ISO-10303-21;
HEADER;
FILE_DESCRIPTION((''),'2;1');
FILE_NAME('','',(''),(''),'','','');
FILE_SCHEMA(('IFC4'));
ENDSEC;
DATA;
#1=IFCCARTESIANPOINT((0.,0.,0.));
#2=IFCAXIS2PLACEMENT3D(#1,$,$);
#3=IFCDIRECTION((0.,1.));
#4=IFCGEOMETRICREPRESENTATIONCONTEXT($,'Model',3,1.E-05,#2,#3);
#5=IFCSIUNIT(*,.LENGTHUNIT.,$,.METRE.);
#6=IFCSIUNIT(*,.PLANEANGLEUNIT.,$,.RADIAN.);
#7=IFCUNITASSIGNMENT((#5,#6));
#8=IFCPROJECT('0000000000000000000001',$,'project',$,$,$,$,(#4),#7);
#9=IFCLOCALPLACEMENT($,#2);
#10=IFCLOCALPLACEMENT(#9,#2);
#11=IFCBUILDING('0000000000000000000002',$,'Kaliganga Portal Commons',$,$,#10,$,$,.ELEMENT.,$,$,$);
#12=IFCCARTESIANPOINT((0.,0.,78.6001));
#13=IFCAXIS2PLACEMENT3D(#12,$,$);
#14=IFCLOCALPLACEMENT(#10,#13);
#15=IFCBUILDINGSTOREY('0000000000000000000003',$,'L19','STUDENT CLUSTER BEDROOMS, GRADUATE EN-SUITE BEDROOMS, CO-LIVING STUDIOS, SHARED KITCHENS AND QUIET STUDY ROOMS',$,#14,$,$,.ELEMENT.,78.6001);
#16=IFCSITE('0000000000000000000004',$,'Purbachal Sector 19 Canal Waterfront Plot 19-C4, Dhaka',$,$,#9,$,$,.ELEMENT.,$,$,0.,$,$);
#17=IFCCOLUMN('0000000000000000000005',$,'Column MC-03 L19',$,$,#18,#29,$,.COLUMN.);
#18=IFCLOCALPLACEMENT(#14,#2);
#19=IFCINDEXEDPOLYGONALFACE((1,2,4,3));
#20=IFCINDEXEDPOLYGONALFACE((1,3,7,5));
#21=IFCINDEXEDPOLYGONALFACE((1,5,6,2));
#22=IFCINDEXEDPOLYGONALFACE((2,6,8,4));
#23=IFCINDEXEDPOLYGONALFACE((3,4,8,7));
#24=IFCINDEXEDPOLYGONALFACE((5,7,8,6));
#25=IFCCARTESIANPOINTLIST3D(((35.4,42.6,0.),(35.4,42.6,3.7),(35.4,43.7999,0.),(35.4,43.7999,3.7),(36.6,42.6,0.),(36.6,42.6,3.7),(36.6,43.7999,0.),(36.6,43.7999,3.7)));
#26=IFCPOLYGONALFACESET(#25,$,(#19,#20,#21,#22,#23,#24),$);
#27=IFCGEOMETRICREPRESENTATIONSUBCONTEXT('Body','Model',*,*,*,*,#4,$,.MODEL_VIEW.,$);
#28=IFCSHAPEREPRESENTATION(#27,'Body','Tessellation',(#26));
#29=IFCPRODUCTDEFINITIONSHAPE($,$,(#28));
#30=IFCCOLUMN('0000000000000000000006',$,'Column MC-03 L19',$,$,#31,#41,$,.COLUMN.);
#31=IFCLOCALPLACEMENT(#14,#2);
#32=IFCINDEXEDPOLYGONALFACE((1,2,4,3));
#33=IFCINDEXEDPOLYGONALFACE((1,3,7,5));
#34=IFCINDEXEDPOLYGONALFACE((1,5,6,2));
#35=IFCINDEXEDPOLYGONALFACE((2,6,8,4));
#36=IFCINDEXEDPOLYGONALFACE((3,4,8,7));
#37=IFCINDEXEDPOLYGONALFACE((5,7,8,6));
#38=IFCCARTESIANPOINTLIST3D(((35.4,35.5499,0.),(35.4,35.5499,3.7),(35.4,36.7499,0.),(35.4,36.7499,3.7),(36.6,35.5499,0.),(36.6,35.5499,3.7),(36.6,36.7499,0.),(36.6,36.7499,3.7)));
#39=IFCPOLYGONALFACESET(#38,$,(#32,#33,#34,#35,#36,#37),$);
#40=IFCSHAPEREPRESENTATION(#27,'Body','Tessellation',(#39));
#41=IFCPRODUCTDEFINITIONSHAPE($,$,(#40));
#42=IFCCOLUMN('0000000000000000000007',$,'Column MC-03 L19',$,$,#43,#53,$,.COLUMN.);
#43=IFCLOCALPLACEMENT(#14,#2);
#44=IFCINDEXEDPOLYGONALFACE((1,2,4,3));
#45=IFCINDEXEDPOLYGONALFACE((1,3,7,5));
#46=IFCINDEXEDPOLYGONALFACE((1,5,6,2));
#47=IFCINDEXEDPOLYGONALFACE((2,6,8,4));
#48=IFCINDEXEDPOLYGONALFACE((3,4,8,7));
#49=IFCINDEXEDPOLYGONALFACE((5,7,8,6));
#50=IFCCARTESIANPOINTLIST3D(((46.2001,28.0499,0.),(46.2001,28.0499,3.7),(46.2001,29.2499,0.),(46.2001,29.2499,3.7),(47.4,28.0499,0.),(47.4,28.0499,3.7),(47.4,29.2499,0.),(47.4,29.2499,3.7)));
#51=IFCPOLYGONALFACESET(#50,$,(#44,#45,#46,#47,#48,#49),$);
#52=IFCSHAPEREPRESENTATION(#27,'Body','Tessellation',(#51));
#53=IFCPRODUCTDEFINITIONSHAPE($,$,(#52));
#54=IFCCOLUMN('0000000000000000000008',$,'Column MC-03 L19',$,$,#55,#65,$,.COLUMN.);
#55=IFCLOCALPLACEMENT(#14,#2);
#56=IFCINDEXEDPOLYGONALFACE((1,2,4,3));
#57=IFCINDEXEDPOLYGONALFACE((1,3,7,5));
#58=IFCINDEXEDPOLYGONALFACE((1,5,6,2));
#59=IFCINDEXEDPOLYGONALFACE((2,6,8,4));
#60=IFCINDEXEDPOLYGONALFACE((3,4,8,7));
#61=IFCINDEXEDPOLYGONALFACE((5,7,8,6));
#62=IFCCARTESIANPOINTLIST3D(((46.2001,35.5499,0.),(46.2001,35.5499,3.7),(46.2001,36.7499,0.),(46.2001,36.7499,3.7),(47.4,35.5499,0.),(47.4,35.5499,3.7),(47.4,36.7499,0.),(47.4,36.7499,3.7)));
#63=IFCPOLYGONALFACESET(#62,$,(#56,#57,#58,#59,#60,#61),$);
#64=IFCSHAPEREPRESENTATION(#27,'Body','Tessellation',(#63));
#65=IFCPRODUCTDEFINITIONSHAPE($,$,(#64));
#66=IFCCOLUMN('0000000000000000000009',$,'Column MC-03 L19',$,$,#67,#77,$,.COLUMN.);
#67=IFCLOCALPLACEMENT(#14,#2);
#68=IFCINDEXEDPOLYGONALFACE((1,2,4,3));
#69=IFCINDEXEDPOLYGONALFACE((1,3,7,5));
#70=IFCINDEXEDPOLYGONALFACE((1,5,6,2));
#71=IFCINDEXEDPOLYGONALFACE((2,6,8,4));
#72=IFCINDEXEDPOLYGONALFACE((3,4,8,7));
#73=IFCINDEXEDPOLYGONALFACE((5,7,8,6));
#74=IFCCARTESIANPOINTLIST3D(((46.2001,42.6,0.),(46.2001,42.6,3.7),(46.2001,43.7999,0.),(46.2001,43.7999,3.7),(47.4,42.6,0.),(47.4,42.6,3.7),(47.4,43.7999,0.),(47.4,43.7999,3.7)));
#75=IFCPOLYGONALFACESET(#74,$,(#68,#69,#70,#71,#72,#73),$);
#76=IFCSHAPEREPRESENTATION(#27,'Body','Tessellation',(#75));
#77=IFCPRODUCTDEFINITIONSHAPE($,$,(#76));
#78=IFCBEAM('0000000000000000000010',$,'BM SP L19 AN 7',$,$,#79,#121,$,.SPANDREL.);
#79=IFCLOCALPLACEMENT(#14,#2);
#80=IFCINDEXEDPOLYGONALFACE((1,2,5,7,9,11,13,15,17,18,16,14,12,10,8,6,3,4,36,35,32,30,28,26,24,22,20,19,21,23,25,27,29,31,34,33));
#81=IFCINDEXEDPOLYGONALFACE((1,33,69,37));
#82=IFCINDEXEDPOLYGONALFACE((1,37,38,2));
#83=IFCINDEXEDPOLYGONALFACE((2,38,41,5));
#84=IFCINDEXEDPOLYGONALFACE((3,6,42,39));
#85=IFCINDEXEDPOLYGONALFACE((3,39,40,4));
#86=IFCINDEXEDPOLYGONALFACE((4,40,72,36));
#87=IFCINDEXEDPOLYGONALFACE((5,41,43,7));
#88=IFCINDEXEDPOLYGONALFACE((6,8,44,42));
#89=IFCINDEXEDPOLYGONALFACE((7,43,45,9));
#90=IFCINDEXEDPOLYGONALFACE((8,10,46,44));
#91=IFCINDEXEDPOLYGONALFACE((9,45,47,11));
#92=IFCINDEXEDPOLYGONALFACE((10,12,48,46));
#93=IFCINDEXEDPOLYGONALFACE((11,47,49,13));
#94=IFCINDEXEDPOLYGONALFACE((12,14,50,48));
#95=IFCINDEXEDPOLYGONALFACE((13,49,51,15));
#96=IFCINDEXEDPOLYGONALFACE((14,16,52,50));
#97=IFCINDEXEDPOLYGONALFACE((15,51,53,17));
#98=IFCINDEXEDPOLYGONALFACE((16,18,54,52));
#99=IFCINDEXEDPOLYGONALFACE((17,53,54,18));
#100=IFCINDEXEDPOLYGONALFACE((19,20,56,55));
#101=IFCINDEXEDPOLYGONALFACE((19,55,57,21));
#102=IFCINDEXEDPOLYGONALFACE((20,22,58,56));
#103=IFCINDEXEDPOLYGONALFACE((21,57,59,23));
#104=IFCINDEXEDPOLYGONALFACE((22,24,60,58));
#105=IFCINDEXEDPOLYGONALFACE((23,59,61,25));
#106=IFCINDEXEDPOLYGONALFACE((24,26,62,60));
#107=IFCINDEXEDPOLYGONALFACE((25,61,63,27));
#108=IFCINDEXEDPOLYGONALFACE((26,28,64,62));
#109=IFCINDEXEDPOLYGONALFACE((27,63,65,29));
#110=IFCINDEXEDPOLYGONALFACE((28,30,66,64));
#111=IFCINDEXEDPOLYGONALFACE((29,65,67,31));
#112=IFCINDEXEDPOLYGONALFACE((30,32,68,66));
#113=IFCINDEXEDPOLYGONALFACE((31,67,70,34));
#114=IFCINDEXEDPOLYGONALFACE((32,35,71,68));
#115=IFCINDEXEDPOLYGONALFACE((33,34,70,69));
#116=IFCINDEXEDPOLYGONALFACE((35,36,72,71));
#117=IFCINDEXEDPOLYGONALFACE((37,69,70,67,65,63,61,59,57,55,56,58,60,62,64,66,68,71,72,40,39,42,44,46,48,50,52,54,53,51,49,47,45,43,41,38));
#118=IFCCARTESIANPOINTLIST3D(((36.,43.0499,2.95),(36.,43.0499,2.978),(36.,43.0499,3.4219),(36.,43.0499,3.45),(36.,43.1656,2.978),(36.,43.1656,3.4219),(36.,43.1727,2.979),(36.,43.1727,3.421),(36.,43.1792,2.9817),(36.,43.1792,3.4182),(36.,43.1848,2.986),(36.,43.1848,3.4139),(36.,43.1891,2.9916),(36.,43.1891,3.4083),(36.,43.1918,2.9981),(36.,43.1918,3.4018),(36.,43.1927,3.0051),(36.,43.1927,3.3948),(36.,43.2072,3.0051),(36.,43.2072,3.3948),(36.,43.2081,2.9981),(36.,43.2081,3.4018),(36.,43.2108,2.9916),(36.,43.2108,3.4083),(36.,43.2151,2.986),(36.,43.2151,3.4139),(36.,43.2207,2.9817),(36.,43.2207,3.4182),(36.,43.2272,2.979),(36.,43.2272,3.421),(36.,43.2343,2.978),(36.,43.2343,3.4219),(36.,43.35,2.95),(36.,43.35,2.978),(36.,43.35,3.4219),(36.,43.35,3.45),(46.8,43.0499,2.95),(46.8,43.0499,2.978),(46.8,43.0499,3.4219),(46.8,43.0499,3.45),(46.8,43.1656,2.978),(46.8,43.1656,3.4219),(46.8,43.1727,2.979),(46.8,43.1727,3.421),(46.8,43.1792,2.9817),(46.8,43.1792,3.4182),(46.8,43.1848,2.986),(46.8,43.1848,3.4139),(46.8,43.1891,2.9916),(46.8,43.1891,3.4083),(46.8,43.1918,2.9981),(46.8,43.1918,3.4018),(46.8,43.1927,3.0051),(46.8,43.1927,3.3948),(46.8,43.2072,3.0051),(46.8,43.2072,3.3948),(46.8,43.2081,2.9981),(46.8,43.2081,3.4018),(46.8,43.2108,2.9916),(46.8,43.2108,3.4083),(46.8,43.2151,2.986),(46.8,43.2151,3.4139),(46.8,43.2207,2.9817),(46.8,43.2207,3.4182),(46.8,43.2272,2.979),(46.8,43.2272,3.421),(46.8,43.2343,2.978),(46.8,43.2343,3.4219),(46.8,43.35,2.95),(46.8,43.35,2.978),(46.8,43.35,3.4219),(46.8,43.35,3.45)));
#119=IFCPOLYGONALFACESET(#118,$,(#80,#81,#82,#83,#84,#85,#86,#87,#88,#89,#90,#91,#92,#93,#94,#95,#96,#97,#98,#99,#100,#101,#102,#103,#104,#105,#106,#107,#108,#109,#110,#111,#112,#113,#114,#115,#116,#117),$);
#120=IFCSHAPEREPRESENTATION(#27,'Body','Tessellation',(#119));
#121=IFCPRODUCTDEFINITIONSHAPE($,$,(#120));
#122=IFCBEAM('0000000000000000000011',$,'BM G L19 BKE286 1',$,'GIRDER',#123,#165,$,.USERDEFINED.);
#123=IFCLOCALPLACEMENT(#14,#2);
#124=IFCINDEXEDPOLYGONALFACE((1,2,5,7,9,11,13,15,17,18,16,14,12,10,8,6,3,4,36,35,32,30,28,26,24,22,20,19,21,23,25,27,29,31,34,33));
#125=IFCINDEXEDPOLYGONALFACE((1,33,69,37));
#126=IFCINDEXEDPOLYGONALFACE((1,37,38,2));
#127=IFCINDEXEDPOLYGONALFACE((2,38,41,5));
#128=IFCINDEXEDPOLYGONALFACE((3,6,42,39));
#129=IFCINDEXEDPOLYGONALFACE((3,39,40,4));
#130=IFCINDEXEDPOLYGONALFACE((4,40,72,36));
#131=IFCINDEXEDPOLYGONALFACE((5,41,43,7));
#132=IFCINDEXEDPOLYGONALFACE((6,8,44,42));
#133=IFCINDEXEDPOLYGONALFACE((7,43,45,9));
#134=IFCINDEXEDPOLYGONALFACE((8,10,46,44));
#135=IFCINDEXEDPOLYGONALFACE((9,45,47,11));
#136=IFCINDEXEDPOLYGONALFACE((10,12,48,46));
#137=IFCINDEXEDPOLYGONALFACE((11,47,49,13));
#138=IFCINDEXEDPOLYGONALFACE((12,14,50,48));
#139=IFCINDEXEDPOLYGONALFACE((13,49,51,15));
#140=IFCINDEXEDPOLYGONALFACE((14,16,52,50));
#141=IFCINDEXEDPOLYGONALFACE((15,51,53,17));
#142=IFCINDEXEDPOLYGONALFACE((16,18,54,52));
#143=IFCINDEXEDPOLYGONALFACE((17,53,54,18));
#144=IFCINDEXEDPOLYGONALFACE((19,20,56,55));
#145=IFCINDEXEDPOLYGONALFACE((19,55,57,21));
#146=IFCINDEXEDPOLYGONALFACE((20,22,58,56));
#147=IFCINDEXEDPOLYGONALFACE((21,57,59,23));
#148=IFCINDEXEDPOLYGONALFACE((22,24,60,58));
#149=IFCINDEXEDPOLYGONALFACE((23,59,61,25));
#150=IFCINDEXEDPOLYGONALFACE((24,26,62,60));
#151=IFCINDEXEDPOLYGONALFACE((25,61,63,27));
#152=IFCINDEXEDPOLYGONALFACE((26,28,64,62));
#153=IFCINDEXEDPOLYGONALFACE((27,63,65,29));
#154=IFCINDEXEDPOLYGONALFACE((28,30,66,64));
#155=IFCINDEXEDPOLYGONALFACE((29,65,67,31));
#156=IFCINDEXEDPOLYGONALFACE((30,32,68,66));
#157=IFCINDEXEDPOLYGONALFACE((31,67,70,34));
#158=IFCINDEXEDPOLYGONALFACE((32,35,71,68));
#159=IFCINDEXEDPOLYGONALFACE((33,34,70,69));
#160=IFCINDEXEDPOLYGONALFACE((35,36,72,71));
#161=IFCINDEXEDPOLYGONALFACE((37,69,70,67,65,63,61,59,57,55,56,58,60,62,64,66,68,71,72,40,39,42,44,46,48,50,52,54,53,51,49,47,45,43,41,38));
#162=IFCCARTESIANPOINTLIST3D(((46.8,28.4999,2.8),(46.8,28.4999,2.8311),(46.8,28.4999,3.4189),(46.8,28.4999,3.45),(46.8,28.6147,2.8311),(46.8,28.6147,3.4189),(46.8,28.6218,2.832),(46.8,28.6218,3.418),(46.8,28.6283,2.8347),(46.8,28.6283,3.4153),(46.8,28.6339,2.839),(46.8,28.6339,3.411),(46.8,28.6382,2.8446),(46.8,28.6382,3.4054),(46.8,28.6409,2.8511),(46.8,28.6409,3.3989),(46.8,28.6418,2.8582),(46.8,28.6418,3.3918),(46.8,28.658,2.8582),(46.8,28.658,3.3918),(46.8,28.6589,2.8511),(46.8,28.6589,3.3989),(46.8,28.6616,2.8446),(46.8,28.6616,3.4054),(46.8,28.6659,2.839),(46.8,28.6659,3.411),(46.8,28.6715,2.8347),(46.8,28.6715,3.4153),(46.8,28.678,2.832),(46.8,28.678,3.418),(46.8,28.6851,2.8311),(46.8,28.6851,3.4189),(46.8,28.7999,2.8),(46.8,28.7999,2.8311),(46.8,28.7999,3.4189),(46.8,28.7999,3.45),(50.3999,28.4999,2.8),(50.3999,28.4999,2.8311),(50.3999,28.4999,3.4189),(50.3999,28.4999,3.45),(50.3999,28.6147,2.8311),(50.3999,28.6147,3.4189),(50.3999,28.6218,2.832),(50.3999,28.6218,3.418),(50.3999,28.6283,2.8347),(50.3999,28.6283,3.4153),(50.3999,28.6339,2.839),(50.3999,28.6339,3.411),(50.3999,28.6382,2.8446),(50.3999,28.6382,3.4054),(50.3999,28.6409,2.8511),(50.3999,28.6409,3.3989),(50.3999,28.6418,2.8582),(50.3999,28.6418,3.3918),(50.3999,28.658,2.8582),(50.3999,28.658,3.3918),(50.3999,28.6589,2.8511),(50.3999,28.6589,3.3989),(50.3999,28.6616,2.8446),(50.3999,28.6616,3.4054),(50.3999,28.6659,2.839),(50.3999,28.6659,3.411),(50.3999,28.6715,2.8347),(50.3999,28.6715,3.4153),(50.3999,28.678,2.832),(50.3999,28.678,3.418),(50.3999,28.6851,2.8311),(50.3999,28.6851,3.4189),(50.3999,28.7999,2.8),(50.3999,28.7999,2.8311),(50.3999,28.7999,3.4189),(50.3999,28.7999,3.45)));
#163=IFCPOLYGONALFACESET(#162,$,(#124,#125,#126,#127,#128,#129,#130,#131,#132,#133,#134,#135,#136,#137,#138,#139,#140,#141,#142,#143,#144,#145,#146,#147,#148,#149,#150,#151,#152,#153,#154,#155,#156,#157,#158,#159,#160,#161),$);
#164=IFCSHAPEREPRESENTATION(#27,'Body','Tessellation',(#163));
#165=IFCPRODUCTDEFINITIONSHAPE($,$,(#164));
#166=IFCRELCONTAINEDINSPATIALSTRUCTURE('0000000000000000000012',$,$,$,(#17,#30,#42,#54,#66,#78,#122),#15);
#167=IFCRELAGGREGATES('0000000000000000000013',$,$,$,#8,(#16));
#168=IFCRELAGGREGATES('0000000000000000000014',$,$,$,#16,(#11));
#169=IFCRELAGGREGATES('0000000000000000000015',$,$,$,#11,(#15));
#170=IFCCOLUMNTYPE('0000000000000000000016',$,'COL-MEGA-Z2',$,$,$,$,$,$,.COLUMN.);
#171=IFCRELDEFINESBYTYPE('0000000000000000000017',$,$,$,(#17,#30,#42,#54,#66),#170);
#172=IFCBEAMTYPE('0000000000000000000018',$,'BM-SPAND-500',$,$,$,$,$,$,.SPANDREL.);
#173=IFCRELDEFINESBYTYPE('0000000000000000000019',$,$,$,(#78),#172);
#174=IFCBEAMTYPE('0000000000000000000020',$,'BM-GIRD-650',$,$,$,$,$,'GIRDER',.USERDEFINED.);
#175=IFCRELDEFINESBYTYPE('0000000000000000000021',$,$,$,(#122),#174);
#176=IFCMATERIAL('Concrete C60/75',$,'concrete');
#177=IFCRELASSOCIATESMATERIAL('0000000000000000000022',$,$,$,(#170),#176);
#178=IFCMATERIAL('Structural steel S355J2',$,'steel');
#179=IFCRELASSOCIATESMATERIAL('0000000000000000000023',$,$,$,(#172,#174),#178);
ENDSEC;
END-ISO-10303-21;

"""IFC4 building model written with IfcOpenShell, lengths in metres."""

from ifc_helpers import new_model, si_unit, direction, frame, origin, origin_2d, place, context, subcontext, project, spatial, rectangle, i_section, extrude, source, transform, mapped, material, material_profile, profile_set, type_object, element, save


model = new_model("IFC4")

# Units and contexts
model_context = context("Model", 3, precision=1e-05, world=origin(), true_north=direction((0.0, 1.0)))
body_context = subcontext(model_context, "Body", "Model", "MODEL_VIEW")
ifc_project = project(units=[si_unit("LENGTHUNIT", "METRE"), si_unit("PLANEANGLEUNIT", "RADIAN")], contexts=[model_context])

# Site, building, storey
site_placement = place(None, origin())
site = spatial("IfcSite", under=ifc_project, at=site_placement, Name="Purbachal Sector 19 Canal Waterfront Plot 19-C4, Dhaka", CompositionType="ELEMENT", RefElevation=0.0)
building_placement = place(site_placement, origin())
building = spatial("IfcBuilding", under=site, at=building_placement, Name="Kaliganga Portal Commons", CompositionType="ELEMENT")
storey_placement = place(building_placement, frame((0.0, 0.0, 78.6001)))
storey = spatial("IfcBuildingStorey", under=building, at=storey_placement, Name="L19", Description="STUDENT CLUSTER BEDROOMS, GRADUATE EN-SUITE BEDROOMS, CO-LIVING STUDIOS, SHARED KITCHENS AND QUIET STUDY ROOMS", CompositionType="ELEMENT", Elevation=78.6001)

# Columns
ifc_material_1 = material(Name="Concrete C60/75", Category="concrete")
ifc_material_profile_1 = material_profile(ifc_material_1, rectangle(XDim=1.2, YDim=1.2, at=origin_2d()), Name="RC 1200x1200")
ifc_profile_set_1 = profile_set([ifc_material_profile_1], Name="Concrete C60/75")
column_type = type_object("IfcColumnType", Name="COL-MEGA-Z2", PredefinedType="COLUMN", material=ifc_profile_set_1)
shared_shape_1 = source(origin(), body_context, "Body", "SweptSolid", [
    extrude(rectangle(XDim=1.2, YDim=1.2, at=origin_2d()), origin(), (0.0, 0.0, 1.0), 3.7),
])
for number, where, z_axis, x_axis, name in (
    (1, (36.0, 43.2, 0.0), (0.0, 0.0, 1.0), (1.0, 0.0, 0.0), "Column MC-03 L19"),
    (2, (36.0, 36.1499, 0.0), (0.0, 0.0, 1.0), (1.0, 0.0, 0.0), "Column MC-03 L19"),
    (3, (46.8, 28.6499, 0.0), (0.0, 0.0, 1.0), (1.0, 0.0, 0.0), "Column MC-03 L19"),
    (4, (46.8, 36.1499, 0.0), (0.0, 0.0, 1.0), (1.0, 0.0, 0.0), "Column MC-03 L19"),
    (5, (46.8, 43.2, 0.0), (0.0, 0.0, 1.0), (1.0, 0.0, 0.0), "Column MC-03 L19"),
):
    element("IfcColumn", number, at=place(storey_placement, frame(where, z_axis=z_axis, x_axis=x_axis)), inside=storey, type_object=column_type, Name=name, PredefinedType="COLUMN", context=body_context, shape_type="MappedRepresentation", body=[
        mapped(shared_shape_1, transform((0.0, 0.0, 0.0), x_axis=(1.0, 0.0, 0.0), y_axis=(0.0, 1.0, 0.0), z_axis=(0.0, 0.0, 1.0), scale=1.0)),
    ])

# Beams
ifc_material_2 = material(Name="Structural steel S355J2", Category="steel")
ifc_material_profile_2 = material_profile(ifc_material_2, i_section(OverallWidth=0.3, OverallDepth=0.5, WebThickness=0.0144, FlangeThickness=0.0281, FilletRadius=0.0271, at=origin_2d()), Name="HE 500 B")
ifc_profile_set_2 = profile_set([ifc_material_profile_2], Name="Structural steel S355J2 wide-flange")
beam_type_1 = type_object("IfcBeamType", Name="BM-SPAND-500", PredefinedType="SPANDREL", material=ifc_profile_set_2)
shared_shape_2 = source(origin(), body_context, "Body", "SweptSolid", [
    extrude(i_section(OverallWidth=0.3, OverallDepth=0.5, WebThickness=0.0144, FlangeThickness=0.0281, FilletRadius=0.0271, at=origin_2d()), origin(), (0.0, 0.0, 1.0), 10.8),
])
beam_1_placement = place(storey_placement, frame((36.0, 43.2, 3.2), z_axis=(1.0, 0.0, 0.0), x_axis=(0.0, 1.0, 0.0)))
element("IfcBeam", 6, at=beam_1_placement, inside=storey, type_object=beam_type_1, Name="BM SP L19 AN 7", PredefinedType="SPANDREL", context=body_context, shape_type="MappedRepresentation", body=[
    mapped(shared_shape_2, transform((0.0, 0.0, 0.0), x_axis=(1.0, 0.0, 0.0), y_axis=(0.0, 1.0, 0.0), z_axis=(0.0, 0.0, 1.0), scale=1.0)),
])
ifc_material_profile_3 = material_profile(ifc_material_2, i_section(OverallWidth=0.3, OverallDepth=0.6499, WebThickness=0.0161, FlangeThickness=0.031, FilletRadius=0.0271, at=origin_2d()), Name="HE 650 B")
ifc_profile_set_3 = profile_set([ifc_material_profile_3], Name="Structural steel S355J2 wide-flange")
beam_type_2 = type_object("IfcBeamType", Name="BM-GIRD-650", ElementType="GIRDER", PredefinedType="USERDEFINED", material=ifc_profile_set_3)
shared_shape_3 = source(origin(), body_context, "Body", "SweptSolid", [
    extrude(i_section(OverallWidth=0.3, OverallDepth=0.6499, WebThickness=0.0161, FlangeThickness=0.031, FilletRadius=0.0271, at=origin_2d()), origin(), (0.0, 0.0, 1.0), 3.5999),
])
for number, where, z_axis, x_axis, name in (
    (7, (46.8, 28.6499, 3.125), (1.0, 0.0, 0.0), (0.0, 1.0, 0.0), "BM G L19 BKE286 1"),
):
    element("IfcBeam", number, at=place(storey_placement, frame(where, z_axis=z_axis, x_axis=x_axis)), inside=storey, type_object=beam_type_2, Name=name, ObjectType="GIRDER", PredefinedType="USERDEFINED", context=body_context, shape_type="MappedRepresentation", body=[
        mapped(shared_shape_3, transform((0.0, 0.0, 0.0), x_axis=(1.0, 0.0, 0.0), y_axis=(0.0, 1.0, 0.0), z_axis=(0.0, 0.0, 1.0), scale=1.0)),
    ])

save(model, "model.ifc")
